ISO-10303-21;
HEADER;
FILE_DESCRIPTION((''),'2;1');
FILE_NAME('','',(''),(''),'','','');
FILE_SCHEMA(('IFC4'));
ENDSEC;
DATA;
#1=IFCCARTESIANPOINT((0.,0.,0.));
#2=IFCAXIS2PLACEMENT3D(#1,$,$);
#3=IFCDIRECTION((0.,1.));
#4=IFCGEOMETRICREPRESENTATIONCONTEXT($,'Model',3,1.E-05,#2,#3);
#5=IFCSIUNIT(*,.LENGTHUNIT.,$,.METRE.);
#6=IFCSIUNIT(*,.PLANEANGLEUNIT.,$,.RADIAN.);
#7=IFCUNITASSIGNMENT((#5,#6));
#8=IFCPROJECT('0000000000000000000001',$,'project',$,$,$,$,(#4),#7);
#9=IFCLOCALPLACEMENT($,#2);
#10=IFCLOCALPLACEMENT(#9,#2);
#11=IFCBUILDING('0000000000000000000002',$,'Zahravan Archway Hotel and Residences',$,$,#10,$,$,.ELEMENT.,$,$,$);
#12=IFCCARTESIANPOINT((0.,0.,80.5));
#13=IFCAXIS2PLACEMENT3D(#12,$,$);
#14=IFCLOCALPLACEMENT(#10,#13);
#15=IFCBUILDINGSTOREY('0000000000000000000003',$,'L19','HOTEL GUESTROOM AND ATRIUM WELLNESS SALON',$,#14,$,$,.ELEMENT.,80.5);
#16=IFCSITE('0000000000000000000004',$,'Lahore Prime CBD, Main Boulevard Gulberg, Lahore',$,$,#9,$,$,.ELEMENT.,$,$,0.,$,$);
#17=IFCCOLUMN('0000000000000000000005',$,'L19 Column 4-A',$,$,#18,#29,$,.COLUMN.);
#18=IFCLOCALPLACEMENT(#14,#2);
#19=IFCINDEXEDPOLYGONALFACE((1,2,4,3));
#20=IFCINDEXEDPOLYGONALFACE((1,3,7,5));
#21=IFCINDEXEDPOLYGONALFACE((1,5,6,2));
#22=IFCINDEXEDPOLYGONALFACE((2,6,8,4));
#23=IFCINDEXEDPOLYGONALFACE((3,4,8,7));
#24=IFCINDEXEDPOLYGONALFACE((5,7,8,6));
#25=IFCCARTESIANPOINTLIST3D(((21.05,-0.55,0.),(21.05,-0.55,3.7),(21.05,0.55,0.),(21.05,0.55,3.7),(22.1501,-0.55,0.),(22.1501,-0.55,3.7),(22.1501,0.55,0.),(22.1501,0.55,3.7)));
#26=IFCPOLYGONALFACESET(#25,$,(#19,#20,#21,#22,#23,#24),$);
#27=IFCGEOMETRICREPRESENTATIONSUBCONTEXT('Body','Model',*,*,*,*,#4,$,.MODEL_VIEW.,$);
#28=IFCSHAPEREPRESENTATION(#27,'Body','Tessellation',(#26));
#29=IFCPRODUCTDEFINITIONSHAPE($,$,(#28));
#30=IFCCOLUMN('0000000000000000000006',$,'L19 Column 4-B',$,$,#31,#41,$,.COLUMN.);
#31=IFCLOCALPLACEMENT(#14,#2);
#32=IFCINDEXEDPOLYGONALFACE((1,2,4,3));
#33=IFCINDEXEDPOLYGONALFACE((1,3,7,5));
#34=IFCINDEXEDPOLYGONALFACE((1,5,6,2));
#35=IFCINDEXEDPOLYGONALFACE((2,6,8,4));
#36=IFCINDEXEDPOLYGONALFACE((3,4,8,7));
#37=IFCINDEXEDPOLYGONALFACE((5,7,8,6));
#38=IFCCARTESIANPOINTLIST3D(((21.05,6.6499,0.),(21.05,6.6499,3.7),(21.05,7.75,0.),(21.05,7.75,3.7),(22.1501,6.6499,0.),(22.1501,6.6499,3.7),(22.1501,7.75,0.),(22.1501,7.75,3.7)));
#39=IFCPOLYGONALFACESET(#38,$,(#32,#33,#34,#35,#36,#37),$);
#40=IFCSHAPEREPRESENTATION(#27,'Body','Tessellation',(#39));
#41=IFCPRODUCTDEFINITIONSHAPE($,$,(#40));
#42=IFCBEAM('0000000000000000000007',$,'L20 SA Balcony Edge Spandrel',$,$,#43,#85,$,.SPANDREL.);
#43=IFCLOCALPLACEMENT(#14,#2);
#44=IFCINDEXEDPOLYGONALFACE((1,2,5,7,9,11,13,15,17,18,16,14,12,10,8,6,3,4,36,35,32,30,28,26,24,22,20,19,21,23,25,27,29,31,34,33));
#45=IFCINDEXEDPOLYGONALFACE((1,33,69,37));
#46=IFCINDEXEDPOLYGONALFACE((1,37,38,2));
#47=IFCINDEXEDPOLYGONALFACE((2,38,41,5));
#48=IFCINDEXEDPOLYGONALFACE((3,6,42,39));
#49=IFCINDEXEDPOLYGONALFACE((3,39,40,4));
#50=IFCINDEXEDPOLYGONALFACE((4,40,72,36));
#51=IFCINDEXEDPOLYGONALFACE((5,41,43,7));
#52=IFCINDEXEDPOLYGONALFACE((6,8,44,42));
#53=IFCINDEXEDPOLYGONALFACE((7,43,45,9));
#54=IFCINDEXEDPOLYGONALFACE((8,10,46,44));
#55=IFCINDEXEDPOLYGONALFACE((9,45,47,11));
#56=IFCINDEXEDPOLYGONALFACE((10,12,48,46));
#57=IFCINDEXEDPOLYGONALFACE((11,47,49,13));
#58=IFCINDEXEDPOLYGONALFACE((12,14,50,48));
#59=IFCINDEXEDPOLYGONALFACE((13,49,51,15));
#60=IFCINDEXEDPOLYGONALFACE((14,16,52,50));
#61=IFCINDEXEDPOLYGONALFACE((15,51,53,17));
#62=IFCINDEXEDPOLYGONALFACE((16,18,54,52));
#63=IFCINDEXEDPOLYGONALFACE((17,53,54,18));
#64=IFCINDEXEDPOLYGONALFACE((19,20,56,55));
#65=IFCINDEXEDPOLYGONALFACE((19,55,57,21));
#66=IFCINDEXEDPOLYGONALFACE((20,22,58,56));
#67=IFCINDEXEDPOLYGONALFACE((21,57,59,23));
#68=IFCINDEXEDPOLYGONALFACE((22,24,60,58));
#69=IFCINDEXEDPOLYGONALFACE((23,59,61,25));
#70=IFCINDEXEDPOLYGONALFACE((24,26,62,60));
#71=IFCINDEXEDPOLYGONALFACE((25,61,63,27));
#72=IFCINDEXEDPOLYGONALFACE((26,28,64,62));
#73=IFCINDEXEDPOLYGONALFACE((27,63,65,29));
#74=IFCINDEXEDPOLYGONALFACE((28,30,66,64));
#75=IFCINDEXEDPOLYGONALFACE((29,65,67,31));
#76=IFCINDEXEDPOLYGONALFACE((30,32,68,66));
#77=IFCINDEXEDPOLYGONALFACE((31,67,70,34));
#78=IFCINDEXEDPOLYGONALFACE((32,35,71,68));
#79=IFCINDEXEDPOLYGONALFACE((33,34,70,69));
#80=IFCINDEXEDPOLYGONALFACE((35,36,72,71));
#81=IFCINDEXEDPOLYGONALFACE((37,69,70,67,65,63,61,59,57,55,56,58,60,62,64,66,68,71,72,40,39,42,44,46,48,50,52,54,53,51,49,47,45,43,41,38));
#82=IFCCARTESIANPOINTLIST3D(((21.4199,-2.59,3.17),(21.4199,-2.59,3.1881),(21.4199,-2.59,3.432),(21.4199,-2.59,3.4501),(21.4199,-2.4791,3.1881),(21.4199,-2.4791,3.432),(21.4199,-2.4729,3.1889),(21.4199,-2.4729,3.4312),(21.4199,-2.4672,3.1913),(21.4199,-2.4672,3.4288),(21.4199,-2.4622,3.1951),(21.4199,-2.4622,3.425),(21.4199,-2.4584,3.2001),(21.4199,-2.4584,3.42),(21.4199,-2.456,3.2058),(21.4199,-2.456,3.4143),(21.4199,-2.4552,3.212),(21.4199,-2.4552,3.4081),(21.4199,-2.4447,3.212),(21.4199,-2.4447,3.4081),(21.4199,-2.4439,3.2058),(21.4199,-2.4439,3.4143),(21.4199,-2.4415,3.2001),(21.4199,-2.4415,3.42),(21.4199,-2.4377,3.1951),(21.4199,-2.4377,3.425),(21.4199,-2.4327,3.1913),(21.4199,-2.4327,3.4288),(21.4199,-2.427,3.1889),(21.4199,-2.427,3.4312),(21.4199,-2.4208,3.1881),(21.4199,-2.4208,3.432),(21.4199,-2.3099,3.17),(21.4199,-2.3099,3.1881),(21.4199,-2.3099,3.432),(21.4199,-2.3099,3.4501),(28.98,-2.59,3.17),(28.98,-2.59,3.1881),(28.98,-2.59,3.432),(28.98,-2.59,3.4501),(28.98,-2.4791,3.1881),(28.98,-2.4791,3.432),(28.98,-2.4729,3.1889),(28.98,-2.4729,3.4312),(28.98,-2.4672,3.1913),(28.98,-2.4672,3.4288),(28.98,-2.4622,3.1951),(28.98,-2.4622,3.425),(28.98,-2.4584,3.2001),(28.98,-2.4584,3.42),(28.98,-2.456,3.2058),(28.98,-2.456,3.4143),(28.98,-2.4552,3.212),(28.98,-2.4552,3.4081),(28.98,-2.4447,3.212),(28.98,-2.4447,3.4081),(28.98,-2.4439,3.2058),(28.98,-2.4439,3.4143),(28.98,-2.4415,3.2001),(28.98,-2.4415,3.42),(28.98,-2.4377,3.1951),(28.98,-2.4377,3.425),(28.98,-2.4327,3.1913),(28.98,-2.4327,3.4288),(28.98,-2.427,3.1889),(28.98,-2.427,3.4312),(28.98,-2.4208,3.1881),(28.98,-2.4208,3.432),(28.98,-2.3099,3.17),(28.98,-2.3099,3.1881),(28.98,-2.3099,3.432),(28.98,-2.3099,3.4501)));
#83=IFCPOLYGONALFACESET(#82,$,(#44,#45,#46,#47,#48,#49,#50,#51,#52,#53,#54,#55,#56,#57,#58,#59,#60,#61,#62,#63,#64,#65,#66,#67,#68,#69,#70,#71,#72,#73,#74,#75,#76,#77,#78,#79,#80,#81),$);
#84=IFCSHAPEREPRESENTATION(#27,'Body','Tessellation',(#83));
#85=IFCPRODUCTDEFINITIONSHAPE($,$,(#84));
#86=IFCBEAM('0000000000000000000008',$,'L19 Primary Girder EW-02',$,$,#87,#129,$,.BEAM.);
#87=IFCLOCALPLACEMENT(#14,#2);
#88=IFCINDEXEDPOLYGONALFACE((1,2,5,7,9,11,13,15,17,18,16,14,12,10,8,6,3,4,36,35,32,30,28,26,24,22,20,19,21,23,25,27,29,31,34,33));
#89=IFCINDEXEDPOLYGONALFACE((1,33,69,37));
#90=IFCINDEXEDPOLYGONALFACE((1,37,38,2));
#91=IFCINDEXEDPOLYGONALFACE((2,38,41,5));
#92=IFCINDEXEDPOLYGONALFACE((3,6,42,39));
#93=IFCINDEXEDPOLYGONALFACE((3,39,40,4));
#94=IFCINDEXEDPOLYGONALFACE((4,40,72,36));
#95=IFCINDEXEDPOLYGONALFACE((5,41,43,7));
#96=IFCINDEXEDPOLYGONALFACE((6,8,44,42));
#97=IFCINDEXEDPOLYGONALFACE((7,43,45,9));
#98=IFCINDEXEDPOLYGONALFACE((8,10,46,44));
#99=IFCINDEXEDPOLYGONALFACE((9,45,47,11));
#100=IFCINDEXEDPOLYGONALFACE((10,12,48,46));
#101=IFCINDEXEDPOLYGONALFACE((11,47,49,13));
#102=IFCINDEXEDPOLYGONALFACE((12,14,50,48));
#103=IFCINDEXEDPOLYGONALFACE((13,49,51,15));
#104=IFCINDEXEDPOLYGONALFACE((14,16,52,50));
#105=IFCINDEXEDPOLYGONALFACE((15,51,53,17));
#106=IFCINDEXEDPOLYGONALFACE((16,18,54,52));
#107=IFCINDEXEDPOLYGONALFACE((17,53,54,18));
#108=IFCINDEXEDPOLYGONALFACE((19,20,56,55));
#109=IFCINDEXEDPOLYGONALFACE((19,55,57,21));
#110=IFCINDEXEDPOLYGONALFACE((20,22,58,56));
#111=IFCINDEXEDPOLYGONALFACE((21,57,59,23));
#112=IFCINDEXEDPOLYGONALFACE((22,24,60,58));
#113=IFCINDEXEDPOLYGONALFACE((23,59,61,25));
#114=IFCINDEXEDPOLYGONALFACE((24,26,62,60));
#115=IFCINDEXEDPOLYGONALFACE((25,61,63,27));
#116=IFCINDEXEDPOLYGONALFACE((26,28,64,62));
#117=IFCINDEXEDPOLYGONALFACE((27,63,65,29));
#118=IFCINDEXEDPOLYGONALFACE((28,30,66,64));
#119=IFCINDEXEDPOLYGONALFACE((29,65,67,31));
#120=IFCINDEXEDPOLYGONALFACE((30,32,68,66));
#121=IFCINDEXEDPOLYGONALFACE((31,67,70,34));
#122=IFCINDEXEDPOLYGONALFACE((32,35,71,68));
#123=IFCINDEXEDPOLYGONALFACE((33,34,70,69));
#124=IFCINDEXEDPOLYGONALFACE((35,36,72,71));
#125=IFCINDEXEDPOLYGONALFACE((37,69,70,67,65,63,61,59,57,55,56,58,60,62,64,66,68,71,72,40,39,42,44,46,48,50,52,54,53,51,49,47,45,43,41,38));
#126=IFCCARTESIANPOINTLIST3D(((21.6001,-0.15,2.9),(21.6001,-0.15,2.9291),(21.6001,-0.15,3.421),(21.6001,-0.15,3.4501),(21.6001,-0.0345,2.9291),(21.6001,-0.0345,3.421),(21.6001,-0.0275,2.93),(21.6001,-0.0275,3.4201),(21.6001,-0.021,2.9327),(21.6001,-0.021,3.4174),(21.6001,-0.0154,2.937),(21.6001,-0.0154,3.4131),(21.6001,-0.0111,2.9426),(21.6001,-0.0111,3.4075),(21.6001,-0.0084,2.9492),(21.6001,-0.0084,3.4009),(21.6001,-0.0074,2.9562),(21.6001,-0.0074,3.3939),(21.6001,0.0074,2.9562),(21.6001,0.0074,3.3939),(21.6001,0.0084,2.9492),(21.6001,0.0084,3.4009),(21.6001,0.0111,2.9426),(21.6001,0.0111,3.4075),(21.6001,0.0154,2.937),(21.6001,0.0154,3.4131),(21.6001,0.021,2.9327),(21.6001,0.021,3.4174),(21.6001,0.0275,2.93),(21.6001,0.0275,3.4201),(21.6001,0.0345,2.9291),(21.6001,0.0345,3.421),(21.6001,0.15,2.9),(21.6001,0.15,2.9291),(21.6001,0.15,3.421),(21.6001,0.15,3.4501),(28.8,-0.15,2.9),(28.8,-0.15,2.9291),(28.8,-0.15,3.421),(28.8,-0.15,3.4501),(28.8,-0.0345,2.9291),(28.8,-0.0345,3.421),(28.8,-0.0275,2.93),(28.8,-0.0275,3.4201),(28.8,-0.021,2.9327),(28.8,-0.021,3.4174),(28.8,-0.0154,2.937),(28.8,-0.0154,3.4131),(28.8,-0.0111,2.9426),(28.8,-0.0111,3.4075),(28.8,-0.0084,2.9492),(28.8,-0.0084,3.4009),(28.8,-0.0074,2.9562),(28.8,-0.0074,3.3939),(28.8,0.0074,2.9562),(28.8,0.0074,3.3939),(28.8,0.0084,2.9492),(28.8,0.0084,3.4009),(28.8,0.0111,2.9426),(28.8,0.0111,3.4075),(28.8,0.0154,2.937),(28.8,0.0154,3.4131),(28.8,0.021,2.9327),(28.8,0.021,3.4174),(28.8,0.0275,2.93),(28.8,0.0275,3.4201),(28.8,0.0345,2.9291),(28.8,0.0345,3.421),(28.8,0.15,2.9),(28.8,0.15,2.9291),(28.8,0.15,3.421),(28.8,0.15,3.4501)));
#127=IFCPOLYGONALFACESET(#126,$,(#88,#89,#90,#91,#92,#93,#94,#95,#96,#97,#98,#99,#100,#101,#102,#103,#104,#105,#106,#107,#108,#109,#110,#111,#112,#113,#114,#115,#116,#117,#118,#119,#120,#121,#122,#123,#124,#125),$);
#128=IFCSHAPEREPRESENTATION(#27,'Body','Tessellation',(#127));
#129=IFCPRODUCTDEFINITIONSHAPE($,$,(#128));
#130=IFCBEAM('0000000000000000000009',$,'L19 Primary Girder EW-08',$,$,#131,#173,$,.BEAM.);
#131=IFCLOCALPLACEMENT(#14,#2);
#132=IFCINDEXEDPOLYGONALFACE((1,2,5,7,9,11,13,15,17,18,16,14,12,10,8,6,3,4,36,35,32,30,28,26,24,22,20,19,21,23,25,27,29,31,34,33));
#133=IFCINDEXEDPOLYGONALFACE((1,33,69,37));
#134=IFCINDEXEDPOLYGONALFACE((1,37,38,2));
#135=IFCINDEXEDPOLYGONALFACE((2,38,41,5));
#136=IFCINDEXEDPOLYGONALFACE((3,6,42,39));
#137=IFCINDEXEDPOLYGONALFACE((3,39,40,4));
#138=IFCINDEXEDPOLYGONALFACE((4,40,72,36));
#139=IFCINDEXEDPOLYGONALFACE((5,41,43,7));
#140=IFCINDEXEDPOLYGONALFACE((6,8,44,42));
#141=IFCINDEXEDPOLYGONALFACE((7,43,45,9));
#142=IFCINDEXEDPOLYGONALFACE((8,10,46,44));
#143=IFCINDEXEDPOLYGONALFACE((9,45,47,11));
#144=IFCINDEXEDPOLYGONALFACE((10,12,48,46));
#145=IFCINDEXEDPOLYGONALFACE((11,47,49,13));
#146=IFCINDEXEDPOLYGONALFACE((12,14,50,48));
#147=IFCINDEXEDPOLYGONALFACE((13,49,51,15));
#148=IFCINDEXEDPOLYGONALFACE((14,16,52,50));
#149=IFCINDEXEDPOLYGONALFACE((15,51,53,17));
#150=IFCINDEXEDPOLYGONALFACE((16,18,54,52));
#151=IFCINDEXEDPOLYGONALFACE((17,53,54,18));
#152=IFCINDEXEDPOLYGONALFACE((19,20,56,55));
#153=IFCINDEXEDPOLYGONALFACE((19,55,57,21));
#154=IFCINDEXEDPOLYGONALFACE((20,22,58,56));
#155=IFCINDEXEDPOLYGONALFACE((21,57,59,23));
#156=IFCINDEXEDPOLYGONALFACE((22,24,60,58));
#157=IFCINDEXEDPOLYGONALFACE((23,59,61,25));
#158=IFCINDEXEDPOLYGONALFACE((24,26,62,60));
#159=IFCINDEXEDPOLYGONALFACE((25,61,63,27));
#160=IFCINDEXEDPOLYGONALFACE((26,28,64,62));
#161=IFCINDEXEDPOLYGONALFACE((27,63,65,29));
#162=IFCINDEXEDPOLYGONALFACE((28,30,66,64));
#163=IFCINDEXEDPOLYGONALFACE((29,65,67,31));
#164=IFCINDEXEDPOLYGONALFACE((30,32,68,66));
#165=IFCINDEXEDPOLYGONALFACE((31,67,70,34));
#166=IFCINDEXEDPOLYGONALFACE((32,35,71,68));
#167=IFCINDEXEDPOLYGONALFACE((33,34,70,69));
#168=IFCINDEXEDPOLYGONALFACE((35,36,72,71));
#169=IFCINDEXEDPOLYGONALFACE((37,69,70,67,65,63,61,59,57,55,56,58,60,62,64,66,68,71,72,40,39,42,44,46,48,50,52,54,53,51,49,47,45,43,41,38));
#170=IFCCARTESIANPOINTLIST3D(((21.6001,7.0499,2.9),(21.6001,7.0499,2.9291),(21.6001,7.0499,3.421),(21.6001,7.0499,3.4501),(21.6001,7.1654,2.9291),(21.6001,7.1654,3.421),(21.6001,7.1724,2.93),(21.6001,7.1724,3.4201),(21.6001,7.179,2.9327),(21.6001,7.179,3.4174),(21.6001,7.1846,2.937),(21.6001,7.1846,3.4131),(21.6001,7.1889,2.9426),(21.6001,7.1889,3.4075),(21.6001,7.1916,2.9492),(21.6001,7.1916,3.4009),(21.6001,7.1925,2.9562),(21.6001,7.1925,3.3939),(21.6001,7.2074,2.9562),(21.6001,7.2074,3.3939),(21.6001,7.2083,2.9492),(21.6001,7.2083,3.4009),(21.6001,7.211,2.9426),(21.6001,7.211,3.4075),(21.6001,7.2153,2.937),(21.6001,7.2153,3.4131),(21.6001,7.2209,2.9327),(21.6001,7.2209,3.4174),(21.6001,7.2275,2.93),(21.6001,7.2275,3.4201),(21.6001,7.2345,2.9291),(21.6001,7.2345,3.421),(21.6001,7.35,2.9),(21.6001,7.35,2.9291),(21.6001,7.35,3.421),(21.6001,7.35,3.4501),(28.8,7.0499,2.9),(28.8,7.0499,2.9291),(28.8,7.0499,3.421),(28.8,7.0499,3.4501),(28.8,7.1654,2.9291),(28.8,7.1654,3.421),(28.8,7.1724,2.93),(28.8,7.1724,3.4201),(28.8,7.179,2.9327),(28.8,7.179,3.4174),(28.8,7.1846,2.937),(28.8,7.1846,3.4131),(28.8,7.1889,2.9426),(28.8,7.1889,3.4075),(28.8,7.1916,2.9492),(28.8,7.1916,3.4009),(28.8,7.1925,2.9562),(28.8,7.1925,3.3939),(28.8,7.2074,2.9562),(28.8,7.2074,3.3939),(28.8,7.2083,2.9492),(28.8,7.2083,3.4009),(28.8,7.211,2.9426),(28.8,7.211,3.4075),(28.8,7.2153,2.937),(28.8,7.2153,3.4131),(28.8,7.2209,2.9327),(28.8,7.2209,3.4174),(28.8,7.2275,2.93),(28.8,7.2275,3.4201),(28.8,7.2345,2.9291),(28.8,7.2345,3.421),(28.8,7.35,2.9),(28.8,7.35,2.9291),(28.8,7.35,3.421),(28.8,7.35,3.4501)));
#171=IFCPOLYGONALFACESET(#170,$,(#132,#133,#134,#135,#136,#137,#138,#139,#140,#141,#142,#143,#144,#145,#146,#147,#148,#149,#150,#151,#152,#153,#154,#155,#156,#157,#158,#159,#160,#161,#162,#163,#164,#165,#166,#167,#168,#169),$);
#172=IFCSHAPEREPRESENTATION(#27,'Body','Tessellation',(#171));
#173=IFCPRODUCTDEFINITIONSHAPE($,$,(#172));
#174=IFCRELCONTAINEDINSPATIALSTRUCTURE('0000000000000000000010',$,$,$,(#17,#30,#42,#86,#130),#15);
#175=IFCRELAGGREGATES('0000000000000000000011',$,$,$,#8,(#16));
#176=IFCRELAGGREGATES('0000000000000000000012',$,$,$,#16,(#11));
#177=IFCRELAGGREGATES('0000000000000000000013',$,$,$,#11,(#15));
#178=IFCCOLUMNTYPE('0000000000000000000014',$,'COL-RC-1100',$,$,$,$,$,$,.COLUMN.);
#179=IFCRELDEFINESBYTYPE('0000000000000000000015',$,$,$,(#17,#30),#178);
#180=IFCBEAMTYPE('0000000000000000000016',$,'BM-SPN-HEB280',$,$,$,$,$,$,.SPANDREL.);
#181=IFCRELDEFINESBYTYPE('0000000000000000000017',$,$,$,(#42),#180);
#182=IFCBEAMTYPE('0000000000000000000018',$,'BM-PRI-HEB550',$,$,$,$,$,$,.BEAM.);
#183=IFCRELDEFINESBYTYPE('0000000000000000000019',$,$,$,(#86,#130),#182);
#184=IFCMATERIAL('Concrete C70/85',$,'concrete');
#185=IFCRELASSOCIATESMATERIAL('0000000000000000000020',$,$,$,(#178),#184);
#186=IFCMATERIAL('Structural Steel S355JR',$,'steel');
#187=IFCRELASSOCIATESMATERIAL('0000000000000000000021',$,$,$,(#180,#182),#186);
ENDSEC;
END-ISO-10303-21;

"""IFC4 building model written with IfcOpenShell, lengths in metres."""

from ifc_helpers import new_model, si_unit, direction, frame, origin, origin_2d, place, context, subcontext, project, spatial, rectangle, i_section, extrude, source, transform, mapped, material, material_profile, profile_set, type_object, type_shapes, element, save


model = new_model("IFC4")

# Units and contexts
model_context = context("Model", 3, precision=1e-05, world=origin(), true_north=direction((0.0, 1.0)))
body_context = subcontext(model_context, "Body", "Model", "MODEL_VIEW")
ifc_project = project(units=[si_unit("LENGTHUNIT", "METRE"), si_unit("PLANEANGLEUNIT", "RADIAN")], contexts=[model_context])

# Site, building, storey
site_placement = place(None, origin())
site = spatial("IfcSite", under=ifc_project, at=site_placement, Name="Lahore Prime CBD, Main Boulevard Gulberg, Lahore", CompositionType="ELEMENT", RefElevation=0.0)
building_placement = place(site_placement, origin())
building = spatial("IfcBuilding", under=site, at=building_placement, Name="Zahravan Archway Hotel and Residences", CompositionType="ELEMENT")
storey_placement = place(building_placement, frame((0.0, 0.0, 80.5)))
storey = spatial("IfcBuildingStorey", under=building, at=storey_placement, Name="L19", Description="HOTEL GUESTROOM AND ATRIUM WELLNESS SALON", CompositionType="ELEMENT", Elevation=80.5)

# Columns
ifc_material_1 = material(Name="Concrete C70/85", Category="concrete")
ifc_material_profile_1 = material_profile(ifc_material_1, rectangle(XDim=1.1001, YDim=1.1001, at=origin_2d()), Name="RC 1100x1100", Category="concrete")
ifc_profile_set_1 = profile_set([ifc_material_profile_1], Name="Concrete C70/85")
column_type = type_object("IfcColumnType", Name="COL-RC-1100", PredefinedType="COLUMN", material=ifc_profile_set_1)
shared_shape_1 = source(origin(), body_context, "Body", "SweptSolid", [
    extrude(rectangle(XDim=1.1001, YDim=1.1001, at=origin_2d()), origin(), (0.0, 0.0, 1.0), 3.7),
])
for number, where, z_axis, x_axis, name in (
    (1, (21.6001, 0.0, 0.0), (0.0, 0.0, 1.0), (1.0, 0.0, 0.0), "L19 Column 4-A"),
    (2, (21.6001, 7.2, 0.0), (0.0, 0.0, 1.0), (1.0, 0.0, 0.0), "L19 Column 4-B"),
):
    element("IfcColumn", number, at=place(storey_placement, frame(where, z_axis=z_axis, x_axis=x_axis)), inside=storey, type_object=column_type, Name=name, PredefinedType="COLUMN", context=body_context, shape_type="MappedRepresentation", body=[
        mapped(shared_shape_1, transform((0.0, 0.0, 0.0), scale=1.0)),
    ])

# Beams
ifc_material_2 = material(Name="Structural Steel S355JR", Category="steel")
ifc_material_profile_2 = material_profile(ifc_material_2, i_section(OverallWidth=0.28, OverallDepth=0.28, WebThickness=0.0105, FlangeThickness=0.0181, FilletRadius=0.0239, at=origin_2d()), Name="HEB 280", Category="steel")
ifc_profile_set_2 = profile_set([ifc_material_profile_2], Name="Structural Steel S355JR")
beam_type_1 = type_object("IfcBeamType", Name="BM-SPN-HEB280", PredefinedType="SPANDREL", material=ifc_profile_set_2)
shared_shape_2 = source(origin(), body_context, "Body", "SweptSolid", [
    extrude(i_section(OverallWidth=0.28, OverallDepth=0.28, WebThickness=0.0105, FlangeThickness=0.0181, FilletRadius=0.0239, at=origin_2d()), origin(), (0.0, 0.0, 1.0), 7.5601),
])
type_shapes(beam_type_1, [shared_shape_2])
beam_1_placement = place(storey_placement, frame((21.4199, -2.45, 3.3101), z_axis=(1.0, 0.0, 0.0), x_axis=(0.0, 1.0, 0.0)))
element("IfcBeam", 3, at=beam_1_placement, inside=storey, type_object=beam_type_1, Name="L20 SA Balcony Edge Spandrel", PredefinedType="SPANDREL", context=body_context, shape_type="MappedRepresentation", body=[
    mapped(shared_shape_2, transform((0.0, 0.0, 0.0), scale=1.0)),
])
ifc_material_profile_3 = material_profile(ifc_material_2, i_section(OverallWidth=0.3, OverallDepth=0.55, WebThickness=0.0149, FlangeThickness=0.0291, FilletRadius=0.0271, at=origin_2d()), Name="HEB 550", Category="steel")
ifc_profile_set_3 = profile_set([ifc_material_profile_3], Name="Structural Steel S355JR")
beam_type_2 = type_object("IfcBeamType", Name="BM-PRI-HEB550", PredefinedType="BEAM", material=ifc_profile_set_3)
shared_shape_3 = source(origin(), body_context, "Body", "SweptSolid", [
    extrude(i_section(OverallWidth=0.3, OverallDepth=0.55, WebThickness=0.0149, FlangeThickness=0.0291, FilletRadius=0.0271, at=origin_2d()), origin(), (0.0, 0.0, 1.0), 7.2),
])
for number, where, z_axis, x_axis, name in (
    (4, (21.6001, 0.0, 3.175), (1.0, 0.0, 0.0), (0.0, 1.0, 0.0), "L19 Primary Girder EW-02"),
    (5, (21.6001, 7.2, 3.175), (1.0, 0.0, 0.0), (0.0, 1.0, 0.0), "L19 Primary Girder EW-08"),
):
    element("IfcBeam", number, at=place(storey_placement, frame(where, z_axis=z_axis, x_axis=x_axis)), inside=storey, type_object=beam_type_2, Name=name, PredefinedType="BEAM", context=body_context, shape_type="MappedRepresentation", body=[
        mapped(shared_shape_3, transform((0.0, 0.0, 0.0), scale=1.0)),
    ])

save(model, "model.ifc")
